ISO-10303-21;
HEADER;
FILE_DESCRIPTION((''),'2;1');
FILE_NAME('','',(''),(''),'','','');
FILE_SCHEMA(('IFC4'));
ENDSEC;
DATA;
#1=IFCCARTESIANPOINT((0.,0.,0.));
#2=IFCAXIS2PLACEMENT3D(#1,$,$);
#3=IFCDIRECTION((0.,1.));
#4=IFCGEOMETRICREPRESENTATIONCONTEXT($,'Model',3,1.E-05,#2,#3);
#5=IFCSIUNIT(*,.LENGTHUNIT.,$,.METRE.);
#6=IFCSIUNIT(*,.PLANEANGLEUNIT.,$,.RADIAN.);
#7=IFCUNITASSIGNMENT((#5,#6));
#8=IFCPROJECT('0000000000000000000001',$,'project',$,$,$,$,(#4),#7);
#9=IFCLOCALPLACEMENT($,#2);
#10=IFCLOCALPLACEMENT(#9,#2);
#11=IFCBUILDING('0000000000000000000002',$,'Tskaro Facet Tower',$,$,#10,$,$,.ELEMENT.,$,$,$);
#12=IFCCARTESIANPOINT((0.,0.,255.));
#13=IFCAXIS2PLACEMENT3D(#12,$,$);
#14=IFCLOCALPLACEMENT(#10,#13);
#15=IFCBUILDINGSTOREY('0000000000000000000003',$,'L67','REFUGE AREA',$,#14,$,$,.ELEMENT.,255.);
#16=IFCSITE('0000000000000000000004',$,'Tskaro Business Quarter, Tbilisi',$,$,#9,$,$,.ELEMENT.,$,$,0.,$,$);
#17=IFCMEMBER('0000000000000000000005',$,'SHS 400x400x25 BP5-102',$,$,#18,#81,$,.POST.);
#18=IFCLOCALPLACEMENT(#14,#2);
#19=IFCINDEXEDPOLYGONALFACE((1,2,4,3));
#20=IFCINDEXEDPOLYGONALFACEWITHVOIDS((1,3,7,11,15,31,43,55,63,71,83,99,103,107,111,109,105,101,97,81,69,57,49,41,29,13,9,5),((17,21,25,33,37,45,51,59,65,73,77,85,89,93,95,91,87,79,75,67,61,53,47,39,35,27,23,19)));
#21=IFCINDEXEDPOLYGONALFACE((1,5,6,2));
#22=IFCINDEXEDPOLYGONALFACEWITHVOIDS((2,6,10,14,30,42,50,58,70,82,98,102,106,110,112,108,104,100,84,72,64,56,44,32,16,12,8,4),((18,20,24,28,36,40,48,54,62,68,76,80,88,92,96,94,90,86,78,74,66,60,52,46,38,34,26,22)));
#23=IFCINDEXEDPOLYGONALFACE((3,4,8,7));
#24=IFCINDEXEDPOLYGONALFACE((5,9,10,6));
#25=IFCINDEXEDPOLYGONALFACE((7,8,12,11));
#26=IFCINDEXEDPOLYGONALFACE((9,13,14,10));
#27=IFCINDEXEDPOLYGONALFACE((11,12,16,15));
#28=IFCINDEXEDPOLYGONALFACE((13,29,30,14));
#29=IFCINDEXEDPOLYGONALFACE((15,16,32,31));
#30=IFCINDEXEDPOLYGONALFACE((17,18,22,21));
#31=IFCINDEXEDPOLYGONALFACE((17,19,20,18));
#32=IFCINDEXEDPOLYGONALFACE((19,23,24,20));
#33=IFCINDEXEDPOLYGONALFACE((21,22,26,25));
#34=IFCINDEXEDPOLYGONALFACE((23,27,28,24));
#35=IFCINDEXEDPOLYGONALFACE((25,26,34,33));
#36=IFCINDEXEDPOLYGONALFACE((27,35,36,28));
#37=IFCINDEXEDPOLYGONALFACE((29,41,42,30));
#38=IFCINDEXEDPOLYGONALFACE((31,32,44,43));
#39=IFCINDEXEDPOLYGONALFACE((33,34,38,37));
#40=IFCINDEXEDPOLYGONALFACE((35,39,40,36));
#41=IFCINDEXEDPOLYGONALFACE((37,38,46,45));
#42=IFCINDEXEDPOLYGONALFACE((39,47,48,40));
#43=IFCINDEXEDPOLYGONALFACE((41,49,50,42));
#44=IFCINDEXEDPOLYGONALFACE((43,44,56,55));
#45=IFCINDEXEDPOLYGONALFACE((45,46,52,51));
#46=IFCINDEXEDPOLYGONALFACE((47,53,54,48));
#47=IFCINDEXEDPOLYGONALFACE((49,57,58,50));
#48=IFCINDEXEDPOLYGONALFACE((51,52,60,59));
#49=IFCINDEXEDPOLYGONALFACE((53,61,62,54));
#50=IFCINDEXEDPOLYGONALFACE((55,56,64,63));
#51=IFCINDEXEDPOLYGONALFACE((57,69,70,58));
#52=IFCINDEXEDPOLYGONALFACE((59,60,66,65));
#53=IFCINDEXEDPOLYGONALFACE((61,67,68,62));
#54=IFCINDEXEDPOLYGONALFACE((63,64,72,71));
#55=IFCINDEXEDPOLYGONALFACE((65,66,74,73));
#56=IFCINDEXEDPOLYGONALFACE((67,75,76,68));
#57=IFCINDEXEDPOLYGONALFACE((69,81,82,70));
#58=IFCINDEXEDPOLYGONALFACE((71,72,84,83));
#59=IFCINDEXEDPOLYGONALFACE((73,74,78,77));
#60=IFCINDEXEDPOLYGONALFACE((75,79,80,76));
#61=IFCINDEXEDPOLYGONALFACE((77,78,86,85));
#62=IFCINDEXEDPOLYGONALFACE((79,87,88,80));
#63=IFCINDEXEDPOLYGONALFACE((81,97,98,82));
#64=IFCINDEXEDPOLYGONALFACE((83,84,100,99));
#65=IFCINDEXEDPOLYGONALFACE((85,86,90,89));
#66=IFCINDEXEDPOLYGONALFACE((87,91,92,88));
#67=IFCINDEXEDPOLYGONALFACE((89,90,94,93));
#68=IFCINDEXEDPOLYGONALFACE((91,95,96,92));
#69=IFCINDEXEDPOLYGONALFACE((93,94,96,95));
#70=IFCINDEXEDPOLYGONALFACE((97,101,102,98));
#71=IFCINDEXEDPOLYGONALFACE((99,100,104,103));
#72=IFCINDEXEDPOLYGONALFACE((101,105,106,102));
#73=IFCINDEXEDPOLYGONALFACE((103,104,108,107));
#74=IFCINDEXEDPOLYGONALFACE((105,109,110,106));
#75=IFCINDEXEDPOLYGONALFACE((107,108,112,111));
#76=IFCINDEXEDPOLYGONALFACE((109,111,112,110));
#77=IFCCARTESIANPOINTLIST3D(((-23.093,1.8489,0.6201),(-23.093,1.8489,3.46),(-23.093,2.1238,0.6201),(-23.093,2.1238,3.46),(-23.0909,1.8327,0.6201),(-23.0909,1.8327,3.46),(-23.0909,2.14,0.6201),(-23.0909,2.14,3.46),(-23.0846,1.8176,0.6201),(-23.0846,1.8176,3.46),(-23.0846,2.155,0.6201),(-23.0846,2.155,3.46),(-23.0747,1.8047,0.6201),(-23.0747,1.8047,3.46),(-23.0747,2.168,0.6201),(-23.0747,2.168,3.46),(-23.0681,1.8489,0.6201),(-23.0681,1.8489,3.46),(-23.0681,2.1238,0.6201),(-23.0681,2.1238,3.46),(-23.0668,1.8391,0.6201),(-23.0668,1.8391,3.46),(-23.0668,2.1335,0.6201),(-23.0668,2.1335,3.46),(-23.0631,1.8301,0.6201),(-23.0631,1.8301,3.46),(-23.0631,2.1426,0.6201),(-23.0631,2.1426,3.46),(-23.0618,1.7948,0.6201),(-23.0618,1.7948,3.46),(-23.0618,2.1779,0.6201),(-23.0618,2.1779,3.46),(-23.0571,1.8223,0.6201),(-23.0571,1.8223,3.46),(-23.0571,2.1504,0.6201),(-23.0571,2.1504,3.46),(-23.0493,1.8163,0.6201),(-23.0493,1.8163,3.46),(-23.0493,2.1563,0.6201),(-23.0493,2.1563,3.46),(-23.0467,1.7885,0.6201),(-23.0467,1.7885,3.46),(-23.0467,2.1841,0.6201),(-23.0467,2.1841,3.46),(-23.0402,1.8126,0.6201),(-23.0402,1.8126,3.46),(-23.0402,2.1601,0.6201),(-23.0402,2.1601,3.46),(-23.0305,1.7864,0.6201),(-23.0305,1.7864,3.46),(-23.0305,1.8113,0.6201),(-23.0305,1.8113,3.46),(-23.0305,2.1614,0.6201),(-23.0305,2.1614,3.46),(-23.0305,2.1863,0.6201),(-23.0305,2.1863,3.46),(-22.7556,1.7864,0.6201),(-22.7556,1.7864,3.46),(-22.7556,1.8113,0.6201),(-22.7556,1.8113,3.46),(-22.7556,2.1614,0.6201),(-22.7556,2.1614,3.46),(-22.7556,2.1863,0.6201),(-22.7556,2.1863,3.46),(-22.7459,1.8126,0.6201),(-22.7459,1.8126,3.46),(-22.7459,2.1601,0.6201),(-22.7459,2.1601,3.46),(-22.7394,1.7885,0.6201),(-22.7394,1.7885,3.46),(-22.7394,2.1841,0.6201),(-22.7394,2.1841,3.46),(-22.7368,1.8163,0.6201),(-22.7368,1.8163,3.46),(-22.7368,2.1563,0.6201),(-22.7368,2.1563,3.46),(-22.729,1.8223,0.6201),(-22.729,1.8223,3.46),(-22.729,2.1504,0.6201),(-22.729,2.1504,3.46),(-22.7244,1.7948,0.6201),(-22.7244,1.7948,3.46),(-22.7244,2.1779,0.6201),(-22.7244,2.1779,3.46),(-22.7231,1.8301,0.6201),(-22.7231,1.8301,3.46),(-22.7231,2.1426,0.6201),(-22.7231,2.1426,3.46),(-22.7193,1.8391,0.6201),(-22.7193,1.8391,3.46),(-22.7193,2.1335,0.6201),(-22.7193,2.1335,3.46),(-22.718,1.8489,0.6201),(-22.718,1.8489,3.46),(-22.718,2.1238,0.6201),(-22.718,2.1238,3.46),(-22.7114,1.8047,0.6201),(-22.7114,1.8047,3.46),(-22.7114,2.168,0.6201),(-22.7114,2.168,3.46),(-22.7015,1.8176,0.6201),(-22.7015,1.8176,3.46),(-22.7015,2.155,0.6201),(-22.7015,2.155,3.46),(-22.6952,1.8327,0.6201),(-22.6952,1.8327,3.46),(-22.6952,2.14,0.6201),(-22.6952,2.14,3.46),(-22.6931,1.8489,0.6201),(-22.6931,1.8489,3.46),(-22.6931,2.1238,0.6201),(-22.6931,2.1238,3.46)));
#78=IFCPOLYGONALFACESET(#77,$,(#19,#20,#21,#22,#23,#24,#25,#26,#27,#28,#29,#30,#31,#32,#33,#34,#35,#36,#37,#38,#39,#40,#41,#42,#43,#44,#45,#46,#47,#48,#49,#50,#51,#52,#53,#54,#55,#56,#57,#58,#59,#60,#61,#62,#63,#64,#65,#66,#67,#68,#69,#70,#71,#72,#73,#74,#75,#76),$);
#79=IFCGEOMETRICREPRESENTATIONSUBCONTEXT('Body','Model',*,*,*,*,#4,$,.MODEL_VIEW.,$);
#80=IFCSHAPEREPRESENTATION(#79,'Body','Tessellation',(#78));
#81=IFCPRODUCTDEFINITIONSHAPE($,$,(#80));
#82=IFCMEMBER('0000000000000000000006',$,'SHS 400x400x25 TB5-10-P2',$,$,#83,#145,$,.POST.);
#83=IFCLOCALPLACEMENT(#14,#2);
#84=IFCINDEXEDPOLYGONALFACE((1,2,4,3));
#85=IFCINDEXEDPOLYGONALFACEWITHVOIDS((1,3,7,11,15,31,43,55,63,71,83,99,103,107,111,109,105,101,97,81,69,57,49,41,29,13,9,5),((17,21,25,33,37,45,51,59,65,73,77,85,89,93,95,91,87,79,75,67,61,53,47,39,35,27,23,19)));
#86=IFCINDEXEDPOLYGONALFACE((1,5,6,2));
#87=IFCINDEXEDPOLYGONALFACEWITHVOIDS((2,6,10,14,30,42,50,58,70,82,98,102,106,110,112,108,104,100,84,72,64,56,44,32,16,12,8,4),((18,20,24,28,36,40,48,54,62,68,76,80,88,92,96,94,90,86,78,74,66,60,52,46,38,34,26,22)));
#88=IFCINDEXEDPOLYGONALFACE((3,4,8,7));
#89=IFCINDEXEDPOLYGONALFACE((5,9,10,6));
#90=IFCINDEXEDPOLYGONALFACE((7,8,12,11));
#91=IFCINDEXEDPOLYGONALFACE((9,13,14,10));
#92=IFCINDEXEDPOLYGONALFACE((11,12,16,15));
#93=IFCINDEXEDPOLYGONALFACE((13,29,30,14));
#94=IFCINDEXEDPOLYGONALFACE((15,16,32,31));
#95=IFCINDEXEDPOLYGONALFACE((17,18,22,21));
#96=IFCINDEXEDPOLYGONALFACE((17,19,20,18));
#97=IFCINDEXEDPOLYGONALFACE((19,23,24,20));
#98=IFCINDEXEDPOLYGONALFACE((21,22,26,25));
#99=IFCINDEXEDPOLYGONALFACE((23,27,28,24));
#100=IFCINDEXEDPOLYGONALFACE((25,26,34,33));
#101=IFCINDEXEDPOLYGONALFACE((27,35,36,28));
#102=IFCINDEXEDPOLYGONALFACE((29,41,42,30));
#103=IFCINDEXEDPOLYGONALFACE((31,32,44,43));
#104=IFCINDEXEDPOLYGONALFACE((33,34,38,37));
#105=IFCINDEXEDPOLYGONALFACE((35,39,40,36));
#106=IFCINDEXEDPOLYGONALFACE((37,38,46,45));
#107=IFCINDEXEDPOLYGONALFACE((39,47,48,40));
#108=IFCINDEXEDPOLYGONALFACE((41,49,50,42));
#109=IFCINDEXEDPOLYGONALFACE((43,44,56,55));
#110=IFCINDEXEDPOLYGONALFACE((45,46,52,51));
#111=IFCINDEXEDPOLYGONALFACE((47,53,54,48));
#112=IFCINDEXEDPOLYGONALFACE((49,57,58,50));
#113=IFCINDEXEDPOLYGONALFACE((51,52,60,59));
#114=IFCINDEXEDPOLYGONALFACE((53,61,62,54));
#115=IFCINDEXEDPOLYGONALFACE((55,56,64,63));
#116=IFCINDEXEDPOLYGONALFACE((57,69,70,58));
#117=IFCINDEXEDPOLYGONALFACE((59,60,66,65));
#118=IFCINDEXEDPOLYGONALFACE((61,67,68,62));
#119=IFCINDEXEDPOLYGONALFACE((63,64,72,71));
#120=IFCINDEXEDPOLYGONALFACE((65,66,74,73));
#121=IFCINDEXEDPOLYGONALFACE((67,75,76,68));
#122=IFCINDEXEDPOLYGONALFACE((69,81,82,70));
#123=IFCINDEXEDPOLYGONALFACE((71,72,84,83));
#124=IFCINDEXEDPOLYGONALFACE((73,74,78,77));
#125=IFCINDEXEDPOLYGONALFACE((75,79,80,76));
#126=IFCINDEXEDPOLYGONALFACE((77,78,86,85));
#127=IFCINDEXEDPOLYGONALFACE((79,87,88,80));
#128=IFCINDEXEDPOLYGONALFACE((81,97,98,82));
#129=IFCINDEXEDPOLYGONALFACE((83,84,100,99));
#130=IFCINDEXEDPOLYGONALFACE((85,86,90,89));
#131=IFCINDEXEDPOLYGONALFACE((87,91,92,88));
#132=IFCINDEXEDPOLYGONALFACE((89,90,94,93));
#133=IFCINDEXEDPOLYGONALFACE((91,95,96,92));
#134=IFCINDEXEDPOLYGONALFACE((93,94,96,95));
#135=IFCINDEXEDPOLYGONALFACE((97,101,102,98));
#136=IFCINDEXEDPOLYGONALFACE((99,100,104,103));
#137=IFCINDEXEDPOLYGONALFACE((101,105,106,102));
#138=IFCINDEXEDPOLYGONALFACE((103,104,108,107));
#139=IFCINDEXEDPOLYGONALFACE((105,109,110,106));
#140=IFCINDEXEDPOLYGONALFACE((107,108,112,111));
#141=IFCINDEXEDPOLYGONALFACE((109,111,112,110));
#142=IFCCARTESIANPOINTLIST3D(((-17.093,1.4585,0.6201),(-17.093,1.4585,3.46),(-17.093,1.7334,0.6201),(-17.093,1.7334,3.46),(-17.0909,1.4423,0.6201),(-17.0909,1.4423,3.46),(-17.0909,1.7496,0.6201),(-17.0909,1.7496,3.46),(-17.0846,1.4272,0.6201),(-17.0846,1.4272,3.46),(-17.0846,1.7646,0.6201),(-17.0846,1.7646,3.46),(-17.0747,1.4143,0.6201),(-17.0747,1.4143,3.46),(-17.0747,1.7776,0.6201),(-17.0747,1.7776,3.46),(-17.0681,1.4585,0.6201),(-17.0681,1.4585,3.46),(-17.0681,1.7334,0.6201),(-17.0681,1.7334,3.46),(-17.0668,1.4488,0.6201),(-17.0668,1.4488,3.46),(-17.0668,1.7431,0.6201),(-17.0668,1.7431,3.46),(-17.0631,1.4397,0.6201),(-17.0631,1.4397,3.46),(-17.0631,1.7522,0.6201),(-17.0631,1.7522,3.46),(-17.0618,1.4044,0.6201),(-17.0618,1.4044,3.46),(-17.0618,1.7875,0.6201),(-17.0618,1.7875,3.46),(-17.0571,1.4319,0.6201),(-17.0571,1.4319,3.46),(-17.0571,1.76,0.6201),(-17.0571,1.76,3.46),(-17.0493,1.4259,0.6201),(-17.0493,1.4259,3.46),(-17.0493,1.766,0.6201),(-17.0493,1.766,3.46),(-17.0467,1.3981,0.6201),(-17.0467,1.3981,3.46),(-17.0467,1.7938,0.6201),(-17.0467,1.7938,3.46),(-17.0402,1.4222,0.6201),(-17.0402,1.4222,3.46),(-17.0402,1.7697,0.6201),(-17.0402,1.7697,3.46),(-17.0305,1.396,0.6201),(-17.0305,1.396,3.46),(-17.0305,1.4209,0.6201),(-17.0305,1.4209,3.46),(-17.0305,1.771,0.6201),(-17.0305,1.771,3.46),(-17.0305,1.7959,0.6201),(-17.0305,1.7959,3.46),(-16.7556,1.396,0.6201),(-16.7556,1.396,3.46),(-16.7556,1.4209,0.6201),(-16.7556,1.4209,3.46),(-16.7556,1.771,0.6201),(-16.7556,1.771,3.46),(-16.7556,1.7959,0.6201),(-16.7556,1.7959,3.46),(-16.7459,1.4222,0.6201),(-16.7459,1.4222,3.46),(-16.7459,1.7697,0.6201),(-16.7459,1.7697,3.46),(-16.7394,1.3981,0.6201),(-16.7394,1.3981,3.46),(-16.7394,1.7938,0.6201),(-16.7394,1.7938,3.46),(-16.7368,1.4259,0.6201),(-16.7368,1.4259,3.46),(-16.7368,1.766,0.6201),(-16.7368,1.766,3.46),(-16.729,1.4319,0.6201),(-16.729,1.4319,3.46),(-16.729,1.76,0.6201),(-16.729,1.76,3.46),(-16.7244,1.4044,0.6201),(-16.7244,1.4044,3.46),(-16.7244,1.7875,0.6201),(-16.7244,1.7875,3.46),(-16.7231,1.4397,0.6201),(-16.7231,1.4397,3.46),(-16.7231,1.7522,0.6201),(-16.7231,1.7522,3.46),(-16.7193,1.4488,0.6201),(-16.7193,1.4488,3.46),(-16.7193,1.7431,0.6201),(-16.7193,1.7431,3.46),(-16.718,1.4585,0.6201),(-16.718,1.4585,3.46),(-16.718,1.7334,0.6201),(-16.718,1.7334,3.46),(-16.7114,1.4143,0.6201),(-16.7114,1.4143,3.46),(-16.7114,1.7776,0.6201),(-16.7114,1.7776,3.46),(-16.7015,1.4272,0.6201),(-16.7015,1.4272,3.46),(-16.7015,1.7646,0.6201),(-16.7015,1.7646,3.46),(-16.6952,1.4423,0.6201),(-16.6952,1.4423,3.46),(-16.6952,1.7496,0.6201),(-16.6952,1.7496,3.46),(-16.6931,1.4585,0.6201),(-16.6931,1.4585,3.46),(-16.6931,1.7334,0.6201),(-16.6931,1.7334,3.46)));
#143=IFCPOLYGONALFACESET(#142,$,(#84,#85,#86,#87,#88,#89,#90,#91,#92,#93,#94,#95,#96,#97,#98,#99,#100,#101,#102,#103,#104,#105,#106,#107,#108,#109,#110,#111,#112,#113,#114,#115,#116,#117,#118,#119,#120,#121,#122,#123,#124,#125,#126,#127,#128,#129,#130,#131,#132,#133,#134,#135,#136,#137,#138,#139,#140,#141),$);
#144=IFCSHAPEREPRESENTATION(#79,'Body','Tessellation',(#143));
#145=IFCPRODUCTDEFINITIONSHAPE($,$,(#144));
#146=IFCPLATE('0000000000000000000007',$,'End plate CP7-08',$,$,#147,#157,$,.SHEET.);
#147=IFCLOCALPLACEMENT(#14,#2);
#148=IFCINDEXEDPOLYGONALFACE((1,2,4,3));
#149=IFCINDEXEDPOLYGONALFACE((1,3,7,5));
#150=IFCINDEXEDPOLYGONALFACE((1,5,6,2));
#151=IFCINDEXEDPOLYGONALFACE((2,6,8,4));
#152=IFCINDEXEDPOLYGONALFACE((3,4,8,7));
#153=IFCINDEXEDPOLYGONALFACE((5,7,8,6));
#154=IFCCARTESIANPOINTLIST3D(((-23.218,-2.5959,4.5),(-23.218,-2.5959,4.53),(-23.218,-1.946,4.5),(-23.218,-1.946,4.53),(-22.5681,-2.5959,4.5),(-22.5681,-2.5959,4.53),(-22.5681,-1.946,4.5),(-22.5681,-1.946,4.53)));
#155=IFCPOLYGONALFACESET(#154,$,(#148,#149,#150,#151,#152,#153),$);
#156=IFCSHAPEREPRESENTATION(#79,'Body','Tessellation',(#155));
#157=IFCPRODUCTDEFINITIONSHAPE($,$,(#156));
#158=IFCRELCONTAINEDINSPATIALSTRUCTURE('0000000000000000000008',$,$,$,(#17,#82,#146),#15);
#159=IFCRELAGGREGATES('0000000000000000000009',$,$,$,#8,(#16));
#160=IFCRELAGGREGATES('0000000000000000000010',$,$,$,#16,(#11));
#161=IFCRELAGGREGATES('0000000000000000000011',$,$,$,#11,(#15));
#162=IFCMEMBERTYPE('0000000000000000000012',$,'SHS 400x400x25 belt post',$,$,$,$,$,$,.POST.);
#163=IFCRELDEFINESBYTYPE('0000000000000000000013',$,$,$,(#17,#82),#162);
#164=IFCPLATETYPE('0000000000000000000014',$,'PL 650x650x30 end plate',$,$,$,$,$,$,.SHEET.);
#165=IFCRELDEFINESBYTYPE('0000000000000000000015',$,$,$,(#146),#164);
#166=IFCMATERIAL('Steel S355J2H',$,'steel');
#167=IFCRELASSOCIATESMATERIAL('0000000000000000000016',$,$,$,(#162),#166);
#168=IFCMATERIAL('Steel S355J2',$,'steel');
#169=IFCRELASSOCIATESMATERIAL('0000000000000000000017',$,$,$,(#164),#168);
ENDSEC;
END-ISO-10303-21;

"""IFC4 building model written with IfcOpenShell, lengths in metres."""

from ifc_helpers import new_model, si_unit, direction, frame, origin, origin_2d, place, context, subcontext, project, spatial, rectangle, hollow_rectangle, extrude, material, material_profile, profile_set, type_object, element, save


model = new_model("IFC4")

# Units and contexts
model_context = context("Model", 3, precision=1e-05, world=origin(), true_north=direction((0.0, 1.0)))
body_context = subcontext(model_context, "Body", "Model", "MODEL_VIEW")
ifc_project = project(units=[si_unit("LENGTHUNIT", "METRE"), si_unit("PLANEANGLEUNIT", "RADIAN")], contexts=[model_context])

# Site, building, storey
site_placement = place(None, origin())
site = spatial("IfcSite", under=ifc_project, at=site_placement, Name="Tskaro Business Quarter, Tbilisi", CompositionType="ELEMENT", RefElevation=0.0)
building_placement = place(site_placement, origin())
building = spatial("IfcBuilding", under=site, at=building_placement, Name="Tskaro Facet Tower", CompositionType="ELEMENT")
storey_placement = place(building_placement, frame((0.0, 0.0, 255.0)))
storey = spatial("IfcBuildingStorey", under=building, at=storey_placement, Name="L67", Description="REFUGE AREA", CompositionType="ELEMENT", Elevation=255.0)

# Shared definitions
ifc_material_1 = material(Name="Steel S355J2", Category="steel")
ifc_material_2 = material(Name="Steel S355J2H", Category="steel")

# Members
ifc_material_profile_1 = material_profile(ifc_material_2, hollow_rectangle(XDim=0.3999, YDim=0.3999, WallThickness=0.0249, InnerFilletRadius=0.0376, OuterFilletRadius=0.0625, at=origin_2d()), Name="SHS 400x400x25")
ifc_profile_set_1 = profile_set([ifc_material_profile_1], Name="Steel S355J2H")
member_type_1 = type_object("IfcMemberType", Name="SHS 400x400x25 belt post", PredefinedType="POST", material=ifc_profile_set_1)
for number, where, z_axis, x_axis, name in (
    (1, (-22.8931, 1.9863, 0.6201), (0.0, 0.0, 1.0), (1.0, 0.0, 0.0), "SHS 400x400x25 BP5-102"),
    (2, (-16.8931, 1.5959, 0.6201), (0.0, 0.0, 1.0), (1.0, 0.0, 0.0), "SHS 400x400x25 TB5-10-P2"),
):
    element("IfcMember", number, at=place(storey_placement, frame(where, z_axis=z_axis, x_axis=x_axis)), inside=storey, type_object=member_type_1, Name=name, PredefinedType="POST", context=body_context, shape_type="SweptSolid", body=[
        extrude(hollow_rectangle(XDim=0.3999, YDim=0.3999, WallThickness=0.0249, InnerFilletRadius=0.0376, OuterFilletRadius=0.0625, at=origin_2d()), origin(), (0.0, 0.0, 1.0), 2.8398),
    ])

# Plate
ifc_material_profile_2 = material_profile(ifc_material_1, rectangle(XDim=0.6499, YDim=0.6499, at=origin_2d()), Name="PL 650x650x30 end plate")
ifc_profile_set_2 = profile_set([ifc_material_profile_2], Name="Steel S355J2")
plate_type = type_object("IfcPlateType", Name="PL 650x650x30 end plate", PredefinedType="SHEET", material=ifc_profile_set_2)
plate_placement = place(storey_placement, frame((-22.8931, -2.271, 4.5), z_axis=(0.0, 0.0, 1.0), x_axis=(1.0, 0.0, 0.0)))
element("IfcPlate", 3, at=plate_placement, inside=storey, type_object=plate_type, Name="End plate CP7-08", PredefinedType="SHEET", context=body_context, shape_type="SweptSolid", body=[
    extrude(rectangle(XDim=0.6499, YDim=0.6499, at=origin_2d()), origin(), (0.0, 0.0, 1.0), 0.03),
])

save(model, "model.ifc")
